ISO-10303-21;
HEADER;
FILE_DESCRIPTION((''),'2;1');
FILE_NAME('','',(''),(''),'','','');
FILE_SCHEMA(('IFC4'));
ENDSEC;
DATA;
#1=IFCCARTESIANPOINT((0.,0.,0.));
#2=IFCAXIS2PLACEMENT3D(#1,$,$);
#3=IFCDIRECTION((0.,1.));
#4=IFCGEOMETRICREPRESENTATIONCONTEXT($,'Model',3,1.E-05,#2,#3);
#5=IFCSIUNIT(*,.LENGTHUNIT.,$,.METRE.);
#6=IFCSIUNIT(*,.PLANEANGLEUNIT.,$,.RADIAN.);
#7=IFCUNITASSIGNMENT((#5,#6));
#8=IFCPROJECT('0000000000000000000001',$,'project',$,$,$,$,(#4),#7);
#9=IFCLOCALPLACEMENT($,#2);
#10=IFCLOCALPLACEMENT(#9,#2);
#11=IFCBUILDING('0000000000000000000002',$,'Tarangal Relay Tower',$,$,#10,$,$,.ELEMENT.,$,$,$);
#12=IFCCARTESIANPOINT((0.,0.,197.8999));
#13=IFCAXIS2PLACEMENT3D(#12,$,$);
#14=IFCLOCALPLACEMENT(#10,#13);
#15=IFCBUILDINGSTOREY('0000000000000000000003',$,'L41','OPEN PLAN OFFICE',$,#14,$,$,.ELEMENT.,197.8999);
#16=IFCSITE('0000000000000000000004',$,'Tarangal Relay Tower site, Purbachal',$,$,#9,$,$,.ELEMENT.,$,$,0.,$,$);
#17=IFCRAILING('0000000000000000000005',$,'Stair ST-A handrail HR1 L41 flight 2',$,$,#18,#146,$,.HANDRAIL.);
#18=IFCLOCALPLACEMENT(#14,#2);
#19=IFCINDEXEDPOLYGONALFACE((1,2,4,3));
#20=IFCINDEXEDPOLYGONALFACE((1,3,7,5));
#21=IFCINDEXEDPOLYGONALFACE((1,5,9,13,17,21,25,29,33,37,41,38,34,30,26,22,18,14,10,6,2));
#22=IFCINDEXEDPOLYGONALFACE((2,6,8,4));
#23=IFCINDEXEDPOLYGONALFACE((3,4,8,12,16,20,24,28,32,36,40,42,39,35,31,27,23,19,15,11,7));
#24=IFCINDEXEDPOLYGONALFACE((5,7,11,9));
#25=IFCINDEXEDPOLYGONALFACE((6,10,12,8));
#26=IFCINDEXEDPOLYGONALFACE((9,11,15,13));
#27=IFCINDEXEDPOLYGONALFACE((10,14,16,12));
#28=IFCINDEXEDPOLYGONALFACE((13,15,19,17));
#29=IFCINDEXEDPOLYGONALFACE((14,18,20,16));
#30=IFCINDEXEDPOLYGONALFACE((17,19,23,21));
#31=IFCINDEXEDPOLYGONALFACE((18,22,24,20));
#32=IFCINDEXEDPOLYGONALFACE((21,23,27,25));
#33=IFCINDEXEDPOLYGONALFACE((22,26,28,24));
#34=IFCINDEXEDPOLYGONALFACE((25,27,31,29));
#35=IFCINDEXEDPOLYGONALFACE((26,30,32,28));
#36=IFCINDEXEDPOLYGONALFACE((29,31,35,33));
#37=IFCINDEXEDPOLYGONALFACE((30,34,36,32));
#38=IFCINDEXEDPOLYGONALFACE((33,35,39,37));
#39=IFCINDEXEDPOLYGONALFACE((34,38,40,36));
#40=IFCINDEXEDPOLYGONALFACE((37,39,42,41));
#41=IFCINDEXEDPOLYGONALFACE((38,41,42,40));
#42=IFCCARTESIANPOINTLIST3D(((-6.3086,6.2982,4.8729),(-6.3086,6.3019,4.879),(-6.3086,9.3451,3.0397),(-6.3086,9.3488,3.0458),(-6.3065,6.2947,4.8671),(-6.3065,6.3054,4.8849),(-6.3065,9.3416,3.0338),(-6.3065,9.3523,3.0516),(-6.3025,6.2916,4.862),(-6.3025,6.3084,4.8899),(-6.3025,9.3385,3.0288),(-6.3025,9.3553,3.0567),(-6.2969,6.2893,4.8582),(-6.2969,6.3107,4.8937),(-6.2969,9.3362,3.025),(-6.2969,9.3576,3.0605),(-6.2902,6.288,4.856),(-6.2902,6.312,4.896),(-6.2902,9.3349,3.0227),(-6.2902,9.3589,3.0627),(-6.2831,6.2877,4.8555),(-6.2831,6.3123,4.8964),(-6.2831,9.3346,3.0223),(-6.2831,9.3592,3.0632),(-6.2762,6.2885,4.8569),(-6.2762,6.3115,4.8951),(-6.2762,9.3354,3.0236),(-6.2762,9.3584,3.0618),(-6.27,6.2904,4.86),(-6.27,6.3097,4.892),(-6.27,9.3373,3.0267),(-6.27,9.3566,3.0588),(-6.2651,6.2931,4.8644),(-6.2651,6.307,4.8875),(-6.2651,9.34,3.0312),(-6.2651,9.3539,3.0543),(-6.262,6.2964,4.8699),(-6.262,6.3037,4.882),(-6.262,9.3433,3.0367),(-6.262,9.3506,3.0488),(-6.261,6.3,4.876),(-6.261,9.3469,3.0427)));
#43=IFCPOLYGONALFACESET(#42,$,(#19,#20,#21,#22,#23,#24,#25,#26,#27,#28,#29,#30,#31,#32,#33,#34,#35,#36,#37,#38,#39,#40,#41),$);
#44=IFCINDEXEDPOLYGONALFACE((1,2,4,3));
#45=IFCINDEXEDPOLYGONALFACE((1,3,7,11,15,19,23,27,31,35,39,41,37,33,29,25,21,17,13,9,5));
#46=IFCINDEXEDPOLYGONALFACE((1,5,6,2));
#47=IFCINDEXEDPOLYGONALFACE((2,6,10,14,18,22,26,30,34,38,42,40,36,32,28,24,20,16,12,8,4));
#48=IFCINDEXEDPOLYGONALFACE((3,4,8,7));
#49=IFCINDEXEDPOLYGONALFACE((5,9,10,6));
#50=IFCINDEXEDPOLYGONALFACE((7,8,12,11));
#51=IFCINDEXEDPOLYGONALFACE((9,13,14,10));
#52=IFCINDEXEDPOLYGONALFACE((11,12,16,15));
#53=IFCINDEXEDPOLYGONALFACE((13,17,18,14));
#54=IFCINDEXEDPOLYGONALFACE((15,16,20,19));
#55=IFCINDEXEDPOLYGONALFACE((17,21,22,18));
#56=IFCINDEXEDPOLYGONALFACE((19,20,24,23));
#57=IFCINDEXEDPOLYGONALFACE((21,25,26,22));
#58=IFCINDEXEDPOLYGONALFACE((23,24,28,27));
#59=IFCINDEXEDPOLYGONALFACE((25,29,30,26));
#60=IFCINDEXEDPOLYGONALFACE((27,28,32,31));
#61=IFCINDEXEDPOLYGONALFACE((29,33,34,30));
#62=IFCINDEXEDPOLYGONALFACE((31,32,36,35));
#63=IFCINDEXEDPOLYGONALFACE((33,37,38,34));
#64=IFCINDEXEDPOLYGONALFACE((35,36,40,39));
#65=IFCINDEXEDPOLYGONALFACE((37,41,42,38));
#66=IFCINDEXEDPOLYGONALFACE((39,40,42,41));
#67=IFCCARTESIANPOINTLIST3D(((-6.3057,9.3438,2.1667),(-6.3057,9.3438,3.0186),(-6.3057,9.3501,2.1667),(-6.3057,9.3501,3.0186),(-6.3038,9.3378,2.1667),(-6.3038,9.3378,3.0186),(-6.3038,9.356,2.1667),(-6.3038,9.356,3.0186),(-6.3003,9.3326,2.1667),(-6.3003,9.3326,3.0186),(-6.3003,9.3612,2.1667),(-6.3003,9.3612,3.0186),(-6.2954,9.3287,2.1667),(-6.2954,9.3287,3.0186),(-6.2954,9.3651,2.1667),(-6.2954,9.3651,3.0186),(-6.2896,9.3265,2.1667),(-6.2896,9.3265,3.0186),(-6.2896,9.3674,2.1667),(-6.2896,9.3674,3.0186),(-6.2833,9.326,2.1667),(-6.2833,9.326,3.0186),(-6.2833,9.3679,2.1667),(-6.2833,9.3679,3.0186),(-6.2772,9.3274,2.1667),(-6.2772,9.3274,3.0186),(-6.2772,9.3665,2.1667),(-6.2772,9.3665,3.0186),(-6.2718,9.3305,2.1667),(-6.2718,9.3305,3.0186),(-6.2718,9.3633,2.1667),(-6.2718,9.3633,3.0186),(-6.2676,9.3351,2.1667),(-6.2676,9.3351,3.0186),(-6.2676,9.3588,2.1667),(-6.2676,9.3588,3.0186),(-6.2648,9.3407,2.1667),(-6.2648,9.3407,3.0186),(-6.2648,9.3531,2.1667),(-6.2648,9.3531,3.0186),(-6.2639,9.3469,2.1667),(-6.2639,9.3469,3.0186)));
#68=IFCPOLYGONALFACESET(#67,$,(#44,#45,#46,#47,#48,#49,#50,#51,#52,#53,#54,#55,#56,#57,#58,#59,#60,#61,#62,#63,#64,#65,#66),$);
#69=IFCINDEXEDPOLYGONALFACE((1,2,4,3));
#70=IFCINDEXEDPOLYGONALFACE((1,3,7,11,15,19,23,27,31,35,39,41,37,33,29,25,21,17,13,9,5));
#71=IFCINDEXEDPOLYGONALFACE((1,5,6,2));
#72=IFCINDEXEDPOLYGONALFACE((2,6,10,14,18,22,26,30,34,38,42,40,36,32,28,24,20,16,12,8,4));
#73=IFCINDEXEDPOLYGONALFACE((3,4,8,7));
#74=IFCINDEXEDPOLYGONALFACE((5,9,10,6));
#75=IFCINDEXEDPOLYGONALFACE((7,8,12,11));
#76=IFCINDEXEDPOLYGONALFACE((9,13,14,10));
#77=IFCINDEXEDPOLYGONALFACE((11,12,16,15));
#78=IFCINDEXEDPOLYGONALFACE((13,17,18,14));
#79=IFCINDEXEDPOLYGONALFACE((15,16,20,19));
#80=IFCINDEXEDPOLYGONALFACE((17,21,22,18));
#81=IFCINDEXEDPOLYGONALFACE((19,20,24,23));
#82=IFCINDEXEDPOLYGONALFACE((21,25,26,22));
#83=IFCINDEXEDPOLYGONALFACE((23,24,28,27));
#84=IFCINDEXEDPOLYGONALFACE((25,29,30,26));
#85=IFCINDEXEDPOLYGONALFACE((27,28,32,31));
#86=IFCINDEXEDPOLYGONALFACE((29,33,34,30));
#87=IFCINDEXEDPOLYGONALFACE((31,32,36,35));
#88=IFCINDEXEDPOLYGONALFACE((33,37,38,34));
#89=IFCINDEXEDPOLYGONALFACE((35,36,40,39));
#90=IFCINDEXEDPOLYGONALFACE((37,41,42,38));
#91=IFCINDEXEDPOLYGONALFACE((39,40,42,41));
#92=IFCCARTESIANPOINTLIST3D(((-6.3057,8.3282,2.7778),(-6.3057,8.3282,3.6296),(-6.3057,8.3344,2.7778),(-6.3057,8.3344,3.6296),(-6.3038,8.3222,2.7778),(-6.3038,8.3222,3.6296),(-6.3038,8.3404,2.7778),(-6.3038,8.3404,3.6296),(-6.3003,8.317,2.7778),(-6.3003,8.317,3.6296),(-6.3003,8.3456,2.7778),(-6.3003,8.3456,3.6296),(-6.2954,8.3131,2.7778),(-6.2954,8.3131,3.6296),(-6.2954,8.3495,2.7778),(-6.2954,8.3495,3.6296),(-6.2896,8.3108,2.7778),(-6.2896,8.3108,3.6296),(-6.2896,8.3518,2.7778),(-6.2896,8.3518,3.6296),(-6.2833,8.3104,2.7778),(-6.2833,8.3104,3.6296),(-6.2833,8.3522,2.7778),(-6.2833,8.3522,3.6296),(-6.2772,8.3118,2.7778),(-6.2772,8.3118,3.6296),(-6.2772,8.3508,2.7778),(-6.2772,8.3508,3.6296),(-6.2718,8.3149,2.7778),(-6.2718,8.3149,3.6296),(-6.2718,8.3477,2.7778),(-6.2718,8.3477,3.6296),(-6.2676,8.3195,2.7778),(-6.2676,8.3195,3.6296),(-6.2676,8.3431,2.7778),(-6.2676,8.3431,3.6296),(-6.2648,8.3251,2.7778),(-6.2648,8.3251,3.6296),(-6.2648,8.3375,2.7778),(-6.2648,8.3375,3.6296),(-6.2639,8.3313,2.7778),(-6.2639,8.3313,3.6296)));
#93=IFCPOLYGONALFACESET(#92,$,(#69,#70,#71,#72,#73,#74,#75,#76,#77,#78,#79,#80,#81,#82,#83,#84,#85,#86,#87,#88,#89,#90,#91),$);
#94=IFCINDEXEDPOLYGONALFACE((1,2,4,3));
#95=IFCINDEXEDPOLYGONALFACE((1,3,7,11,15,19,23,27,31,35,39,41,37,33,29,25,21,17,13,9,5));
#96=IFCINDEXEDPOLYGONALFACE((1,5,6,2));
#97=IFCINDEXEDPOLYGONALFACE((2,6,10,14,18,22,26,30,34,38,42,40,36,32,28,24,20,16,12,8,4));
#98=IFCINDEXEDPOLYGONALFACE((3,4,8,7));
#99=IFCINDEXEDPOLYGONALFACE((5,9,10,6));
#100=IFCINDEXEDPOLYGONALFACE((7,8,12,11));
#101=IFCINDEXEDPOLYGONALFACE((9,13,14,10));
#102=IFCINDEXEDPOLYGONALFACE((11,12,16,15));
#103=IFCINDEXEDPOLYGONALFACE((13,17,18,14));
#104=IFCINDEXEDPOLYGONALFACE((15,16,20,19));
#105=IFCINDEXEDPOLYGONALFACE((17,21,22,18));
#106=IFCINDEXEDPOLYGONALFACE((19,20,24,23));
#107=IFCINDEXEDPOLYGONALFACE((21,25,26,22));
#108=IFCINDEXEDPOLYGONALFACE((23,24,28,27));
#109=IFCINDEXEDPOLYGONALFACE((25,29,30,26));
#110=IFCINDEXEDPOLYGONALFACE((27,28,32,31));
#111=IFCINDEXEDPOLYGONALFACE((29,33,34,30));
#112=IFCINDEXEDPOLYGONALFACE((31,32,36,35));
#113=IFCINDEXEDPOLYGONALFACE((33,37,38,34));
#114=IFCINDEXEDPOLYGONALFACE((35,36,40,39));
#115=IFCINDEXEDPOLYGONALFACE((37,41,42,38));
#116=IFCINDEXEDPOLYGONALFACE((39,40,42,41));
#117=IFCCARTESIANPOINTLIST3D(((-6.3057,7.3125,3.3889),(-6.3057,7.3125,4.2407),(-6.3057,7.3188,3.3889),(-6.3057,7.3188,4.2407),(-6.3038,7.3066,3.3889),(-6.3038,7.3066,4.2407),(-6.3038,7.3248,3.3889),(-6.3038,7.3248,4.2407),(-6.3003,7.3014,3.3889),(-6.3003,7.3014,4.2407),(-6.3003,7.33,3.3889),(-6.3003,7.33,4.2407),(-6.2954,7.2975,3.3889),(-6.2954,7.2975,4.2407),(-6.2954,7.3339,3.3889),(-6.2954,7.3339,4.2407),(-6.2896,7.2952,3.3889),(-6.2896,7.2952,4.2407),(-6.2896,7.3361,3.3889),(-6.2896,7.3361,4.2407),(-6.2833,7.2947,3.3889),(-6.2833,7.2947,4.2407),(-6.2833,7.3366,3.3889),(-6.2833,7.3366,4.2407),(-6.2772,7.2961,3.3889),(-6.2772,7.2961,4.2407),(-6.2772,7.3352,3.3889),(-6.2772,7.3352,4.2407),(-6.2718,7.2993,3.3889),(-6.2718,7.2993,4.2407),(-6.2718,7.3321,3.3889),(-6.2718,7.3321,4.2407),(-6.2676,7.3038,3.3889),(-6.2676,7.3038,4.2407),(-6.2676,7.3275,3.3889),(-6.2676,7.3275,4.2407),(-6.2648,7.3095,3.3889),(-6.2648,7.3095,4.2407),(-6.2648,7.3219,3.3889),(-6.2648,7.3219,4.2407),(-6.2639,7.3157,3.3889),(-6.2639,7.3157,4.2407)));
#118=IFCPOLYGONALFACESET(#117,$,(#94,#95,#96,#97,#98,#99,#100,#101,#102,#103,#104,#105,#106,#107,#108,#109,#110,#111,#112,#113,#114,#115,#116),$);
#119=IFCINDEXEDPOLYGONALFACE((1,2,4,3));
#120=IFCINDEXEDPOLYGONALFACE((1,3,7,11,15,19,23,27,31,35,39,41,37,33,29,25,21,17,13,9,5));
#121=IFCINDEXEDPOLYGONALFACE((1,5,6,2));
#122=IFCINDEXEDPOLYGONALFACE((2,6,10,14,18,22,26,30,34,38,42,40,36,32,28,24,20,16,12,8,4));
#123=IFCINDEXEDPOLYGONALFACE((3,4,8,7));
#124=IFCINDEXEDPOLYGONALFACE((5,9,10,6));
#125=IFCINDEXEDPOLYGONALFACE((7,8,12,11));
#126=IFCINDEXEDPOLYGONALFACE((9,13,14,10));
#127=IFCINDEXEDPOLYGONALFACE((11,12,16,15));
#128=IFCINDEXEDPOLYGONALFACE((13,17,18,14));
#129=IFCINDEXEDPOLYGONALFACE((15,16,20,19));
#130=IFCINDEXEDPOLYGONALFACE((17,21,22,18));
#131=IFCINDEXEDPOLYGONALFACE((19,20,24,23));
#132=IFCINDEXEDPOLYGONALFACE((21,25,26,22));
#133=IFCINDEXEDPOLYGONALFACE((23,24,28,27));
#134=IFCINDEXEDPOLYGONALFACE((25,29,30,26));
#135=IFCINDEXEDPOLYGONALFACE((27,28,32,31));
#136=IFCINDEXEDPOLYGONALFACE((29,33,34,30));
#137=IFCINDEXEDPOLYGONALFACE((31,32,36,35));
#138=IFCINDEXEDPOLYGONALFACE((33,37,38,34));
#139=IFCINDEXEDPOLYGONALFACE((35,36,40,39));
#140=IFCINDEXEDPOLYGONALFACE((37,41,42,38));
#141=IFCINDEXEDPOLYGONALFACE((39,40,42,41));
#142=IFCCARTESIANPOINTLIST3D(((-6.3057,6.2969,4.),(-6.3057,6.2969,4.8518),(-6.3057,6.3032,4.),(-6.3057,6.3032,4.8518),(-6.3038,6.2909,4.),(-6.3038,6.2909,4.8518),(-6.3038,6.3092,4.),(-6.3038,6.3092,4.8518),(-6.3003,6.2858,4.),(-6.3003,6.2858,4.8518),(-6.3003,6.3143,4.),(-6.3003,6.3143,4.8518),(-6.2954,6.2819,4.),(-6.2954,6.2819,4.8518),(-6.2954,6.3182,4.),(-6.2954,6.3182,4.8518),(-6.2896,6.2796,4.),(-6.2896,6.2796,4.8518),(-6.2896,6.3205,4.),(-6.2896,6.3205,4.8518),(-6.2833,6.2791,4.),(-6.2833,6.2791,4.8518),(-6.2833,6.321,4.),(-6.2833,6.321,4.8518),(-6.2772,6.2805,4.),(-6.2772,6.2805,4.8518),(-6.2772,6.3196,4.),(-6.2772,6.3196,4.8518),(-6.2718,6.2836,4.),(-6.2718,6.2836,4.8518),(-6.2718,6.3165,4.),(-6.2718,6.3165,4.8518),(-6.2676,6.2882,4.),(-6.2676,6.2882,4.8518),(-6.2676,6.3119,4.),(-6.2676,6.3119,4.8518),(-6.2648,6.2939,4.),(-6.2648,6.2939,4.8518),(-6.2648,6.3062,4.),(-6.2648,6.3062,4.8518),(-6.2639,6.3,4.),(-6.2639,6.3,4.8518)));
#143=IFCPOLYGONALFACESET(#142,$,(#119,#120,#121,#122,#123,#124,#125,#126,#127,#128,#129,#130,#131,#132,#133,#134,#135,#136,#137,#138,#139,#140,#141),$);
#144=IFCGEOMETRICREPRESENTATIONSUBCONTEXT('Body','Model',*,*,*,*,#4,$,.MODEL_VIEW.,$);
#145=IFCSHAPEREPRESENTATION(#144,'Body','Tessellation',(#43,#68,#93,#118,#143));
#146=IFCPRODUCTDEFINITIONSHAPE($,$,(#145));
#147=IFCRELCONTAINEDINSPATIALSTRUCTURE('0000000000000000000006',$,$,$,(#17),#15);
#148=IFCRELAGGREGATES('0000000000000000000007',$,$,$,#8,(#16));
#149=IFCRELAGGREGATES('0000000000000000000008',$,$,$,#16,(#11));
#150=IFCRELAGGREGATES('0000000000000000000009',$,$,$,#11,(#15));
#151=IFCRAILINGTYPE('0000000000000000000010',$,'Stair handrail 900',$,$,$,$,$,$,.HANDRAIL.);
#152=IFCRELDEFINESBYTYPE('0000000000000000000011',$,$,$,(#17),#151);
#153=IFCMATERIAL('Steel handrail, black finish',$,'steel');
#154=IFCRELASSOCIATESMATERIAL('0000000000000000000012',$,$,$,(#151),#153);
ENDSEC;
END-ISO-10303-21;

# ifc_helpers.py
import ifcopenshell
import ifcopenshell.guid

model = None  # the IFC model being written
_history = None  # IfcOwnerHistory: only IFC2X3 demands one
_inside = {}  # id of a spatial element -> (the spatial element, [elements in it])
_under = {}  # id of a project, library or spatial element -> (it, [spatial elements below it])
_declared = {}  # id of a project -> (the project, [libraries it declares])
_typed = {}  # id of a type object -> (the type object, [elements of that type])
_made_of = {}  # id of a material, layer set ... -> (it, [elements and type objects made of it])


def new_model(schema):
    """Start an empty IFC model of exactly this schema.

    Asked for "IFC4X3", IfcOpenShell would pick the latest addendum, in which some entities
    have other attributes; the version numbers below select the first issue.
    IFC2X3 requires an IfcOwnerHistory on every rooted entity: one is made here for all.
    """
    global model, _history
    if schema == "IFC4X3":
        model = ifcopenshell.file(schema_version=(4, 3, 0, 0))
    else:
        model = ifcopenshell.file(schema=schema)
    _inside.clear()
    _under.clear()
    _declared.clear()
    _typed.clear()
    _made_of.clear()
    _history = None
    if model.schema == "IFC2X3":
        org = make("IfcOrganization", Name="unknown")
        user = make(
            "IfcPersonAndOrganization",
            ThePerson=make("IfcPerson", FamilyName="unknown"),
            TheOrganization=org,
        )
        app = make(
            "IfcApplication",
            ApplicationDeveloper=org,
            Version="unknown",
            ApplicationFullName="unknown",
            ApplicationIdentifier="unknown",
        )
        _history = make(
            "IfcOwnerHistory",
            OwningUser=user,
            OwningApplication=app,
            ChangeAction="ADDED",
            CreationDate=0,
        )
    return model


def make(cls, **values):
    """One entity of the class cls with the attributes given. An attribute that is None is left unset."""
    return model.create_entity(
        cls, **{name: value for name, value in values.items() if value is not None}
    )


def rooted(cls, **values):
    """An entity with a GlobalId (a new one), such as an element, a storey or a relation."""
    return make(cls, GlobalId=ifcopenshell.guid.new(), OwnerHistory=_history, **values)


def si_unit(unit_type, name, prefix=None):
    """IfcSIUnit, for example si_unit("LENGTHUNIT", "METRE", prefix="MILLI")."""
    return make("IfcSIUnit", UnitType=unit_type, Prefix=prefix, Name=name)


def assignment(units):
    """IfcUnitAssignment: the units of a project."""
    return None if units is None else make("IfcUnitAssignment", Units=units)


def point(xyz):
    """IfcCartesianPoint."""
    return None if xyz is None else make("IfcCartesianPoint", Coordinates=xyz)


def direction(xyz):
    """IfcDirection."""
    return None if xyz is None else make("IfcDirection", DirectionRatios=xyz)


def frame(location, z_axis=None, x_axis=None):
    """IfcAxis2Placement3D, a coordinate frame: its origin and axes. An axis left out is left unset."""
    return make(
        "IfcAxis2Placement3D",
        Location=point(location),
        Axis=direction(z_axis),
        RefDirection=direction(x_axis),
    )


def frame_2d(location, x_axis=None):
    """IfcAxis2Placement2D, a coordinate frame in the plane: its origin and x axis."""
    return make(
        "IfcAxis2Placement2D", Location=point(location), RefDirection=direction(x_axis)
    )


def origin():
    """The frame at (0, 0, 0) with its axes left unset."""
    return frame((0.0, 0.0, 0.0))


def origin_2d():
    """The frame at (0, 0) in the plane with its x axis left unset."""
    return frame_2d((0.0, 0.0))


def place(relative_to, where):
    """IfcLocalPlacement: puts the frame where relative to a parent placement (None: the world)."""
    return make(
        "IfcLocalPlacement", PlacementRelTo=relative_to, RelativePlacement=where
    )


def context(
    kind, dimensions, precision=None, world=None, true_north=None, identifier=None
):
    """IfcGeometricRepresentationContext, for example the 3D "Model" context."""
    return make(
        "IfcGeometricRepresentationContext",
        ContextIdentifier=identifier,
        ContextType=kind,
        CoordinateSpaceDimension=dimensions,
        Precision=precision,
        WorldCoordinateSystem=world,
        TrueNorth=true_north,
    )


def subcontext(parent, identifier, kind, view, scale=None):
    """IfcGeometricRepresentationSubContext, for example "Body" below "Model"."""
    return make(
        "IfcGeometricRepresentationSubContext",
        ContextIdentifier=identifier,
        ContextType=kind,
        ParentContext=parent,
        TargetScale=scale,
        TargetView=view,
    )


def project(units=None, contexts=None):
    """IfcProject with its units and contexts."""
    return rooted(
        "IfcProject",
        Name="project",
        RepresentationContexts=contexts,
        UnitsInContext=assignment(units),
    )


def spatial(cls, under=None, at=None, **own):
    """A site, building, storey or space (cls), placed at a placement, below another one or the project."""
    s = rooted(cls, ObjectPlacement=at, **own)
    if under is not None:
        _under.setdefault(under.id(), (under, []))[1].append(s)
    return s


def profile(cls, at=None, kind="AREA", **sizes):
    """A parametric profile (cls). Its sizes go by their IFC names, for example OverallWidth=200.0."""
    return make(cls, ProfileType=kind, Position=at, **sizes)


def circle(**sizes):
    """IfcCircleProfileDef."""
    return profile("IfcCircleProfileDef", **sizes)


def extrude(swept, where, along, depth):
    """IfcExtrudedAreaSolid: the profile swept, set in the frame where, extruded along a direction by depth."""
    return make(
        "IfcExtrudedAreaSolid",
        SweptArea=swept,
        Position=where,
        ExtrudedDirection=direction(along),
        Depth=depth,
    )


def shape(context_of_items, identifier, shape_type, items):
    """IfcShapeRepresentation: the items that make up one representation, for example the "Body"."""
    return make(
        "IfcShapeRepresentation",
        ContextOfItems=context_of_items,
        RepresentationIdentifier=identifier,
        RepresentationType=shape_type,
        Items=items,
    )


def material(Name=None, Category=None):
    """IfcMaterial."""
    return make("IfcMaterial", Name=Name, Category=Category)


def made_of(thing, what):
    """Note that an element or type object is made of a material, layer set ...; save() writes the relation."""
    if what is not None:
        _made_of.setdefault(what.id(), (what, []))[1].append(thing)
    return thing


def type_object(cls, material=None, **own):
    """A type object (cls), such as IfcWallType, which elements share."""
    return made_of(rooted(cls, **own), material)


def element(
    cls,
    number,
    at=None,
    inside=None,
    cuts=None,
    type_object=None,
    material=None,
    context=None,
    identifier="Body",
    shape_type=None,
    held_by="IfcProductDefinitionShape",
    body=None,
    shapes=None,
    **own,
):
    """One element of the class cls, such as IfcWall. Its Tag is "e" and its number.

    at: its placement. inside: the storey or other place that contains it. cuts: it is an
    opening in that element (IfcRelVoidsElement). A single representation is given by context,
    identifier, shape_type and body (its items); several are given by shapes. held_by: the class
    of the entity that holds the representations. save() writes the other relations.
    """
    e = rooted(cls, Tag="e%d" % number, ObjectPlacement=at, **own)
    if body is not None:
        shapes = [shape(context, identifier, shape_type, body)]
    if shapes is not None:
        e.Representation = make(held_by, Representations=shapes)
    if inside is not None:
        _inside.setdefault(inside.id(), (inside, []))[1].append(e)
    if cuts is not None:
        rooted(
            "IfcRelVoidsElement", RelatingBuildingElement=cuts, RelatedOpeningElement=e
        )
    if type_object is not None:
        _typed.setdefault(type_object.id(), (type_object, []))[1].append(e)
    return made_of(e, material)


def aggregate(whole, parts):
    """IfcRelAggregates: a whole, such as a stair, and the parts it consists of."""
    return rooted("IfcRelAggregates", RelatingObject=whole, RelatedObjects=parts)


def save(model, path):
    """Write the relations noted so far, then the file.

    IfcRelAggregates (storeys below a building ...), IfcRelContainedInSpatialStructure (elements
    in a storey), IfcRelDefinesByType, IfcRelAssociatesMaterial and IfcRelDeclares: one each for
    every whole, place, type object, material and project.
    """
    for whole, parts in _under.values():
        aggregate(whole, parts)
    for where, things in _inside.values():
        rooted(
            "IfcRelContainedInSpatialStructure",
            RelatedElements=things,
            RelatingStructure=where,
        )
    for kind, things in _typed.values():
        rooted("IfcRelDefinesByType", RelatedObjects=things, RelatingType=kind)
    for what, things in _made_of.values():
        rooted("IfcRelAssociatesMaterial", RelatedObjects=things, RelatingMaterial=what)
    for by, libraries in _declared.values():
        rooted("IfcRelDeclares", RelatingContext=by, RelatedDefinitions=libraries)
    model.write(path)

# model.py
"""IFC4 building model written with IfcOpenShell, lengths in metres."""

from ifc_helpers import new_model, si_unit, direction, frame, origin, origin_2d, place, context, subcontext, project, spatial, circle, extrude, material, type_object, element, save


model = new_model("IFC4")

# Units and contexts
model_context = context("Model", 3, precision=1e-05, world=origin(), true_north=direction((0.0, 1.0)))
body_context = subcontext(model_context, "Body", "Model", "MODEL_VIEW")
ifc_project = project(units=[si_unit("LENGTHUNIT", "METRE"), si_unit("PLANEANGLEUNIT", "RADIAN")], contexts=[model_context])

# Site, building, storey
site_placement = place(None, origin())
site = spatial("IfcSite", under=ifc_project, at=site_placement, Name="Tarangal Relay Tower site, Purbachal", CompositionType="ELEMENT", RefElevation=0.0)
building_placement = place(site_placement, origin())
building = spatial("IfcBuilding", under=site, at=building_placement, Name="Tarangal Relay Tower", CompositionType="ELEMENT")
storey_placement = place(building_placement, frame((0.0, 0.0, 197.8999)))
storey = spatial("IfcBuildingStorey", under=building, at=storey_placement, Name="L41", Description="OPEN PLAN OFFICE", CompositionType="ELEMENT", Elevation=197.8999)

# Railing
ifc_material_1 = material(Name="Steel handrail, black finish", Category="steel")
railing_type_1 = type_object("IfcRailingType", Name="Stair handrail 900", PredefinedType="HANDRAIL", material=ifc_material_1)
railing_1_placement = place(storey_placement, frame((-6.2849, 9.3469, 2.1667)))
element("IfcRailing", 1, at=railing_1_placement, inside=storey, type_object=railing_type_1, Name="Stair ST-A handrail HR1 L41 flight 2", PredefinedType="HANDRAIL", context=body_context, shape_type="SweptSolid", body=[
    extrude(circle(Radius=0.0239, at=origin_2d()), frame((0.0, 0.0, 0.876), z_axis=(0.0, -0.856856, 0.515556), x_axis=(1.0, 0.0, 0.0)), (0.0, 0.0, 1.0), 3.5559),
    extrude(circle(Radius=0.021, at=origin_2d()), origin(), (0.0, 0.0, 1.0), 0.8518),
    extrude(circle(Radius=0.021, at=origin_2d()), frame((0.0, -1.0156, 0.6111)), (0.0, 0.0, 1.0), 0.8518),
    extrude(circle(Radius=0.021, at=origin_2d()), frame((0.0, -2.0312, 1.2222)), (0.0, 0.0, 1.0), 0.8518),
    extrude(circle(Radius=0.021, at=origin_2d()), frame((0.0, -3.0469, 1.8333)), (0.0, 0.0, 1.0), 0.8518),
])

save(model, "model.ifc")
